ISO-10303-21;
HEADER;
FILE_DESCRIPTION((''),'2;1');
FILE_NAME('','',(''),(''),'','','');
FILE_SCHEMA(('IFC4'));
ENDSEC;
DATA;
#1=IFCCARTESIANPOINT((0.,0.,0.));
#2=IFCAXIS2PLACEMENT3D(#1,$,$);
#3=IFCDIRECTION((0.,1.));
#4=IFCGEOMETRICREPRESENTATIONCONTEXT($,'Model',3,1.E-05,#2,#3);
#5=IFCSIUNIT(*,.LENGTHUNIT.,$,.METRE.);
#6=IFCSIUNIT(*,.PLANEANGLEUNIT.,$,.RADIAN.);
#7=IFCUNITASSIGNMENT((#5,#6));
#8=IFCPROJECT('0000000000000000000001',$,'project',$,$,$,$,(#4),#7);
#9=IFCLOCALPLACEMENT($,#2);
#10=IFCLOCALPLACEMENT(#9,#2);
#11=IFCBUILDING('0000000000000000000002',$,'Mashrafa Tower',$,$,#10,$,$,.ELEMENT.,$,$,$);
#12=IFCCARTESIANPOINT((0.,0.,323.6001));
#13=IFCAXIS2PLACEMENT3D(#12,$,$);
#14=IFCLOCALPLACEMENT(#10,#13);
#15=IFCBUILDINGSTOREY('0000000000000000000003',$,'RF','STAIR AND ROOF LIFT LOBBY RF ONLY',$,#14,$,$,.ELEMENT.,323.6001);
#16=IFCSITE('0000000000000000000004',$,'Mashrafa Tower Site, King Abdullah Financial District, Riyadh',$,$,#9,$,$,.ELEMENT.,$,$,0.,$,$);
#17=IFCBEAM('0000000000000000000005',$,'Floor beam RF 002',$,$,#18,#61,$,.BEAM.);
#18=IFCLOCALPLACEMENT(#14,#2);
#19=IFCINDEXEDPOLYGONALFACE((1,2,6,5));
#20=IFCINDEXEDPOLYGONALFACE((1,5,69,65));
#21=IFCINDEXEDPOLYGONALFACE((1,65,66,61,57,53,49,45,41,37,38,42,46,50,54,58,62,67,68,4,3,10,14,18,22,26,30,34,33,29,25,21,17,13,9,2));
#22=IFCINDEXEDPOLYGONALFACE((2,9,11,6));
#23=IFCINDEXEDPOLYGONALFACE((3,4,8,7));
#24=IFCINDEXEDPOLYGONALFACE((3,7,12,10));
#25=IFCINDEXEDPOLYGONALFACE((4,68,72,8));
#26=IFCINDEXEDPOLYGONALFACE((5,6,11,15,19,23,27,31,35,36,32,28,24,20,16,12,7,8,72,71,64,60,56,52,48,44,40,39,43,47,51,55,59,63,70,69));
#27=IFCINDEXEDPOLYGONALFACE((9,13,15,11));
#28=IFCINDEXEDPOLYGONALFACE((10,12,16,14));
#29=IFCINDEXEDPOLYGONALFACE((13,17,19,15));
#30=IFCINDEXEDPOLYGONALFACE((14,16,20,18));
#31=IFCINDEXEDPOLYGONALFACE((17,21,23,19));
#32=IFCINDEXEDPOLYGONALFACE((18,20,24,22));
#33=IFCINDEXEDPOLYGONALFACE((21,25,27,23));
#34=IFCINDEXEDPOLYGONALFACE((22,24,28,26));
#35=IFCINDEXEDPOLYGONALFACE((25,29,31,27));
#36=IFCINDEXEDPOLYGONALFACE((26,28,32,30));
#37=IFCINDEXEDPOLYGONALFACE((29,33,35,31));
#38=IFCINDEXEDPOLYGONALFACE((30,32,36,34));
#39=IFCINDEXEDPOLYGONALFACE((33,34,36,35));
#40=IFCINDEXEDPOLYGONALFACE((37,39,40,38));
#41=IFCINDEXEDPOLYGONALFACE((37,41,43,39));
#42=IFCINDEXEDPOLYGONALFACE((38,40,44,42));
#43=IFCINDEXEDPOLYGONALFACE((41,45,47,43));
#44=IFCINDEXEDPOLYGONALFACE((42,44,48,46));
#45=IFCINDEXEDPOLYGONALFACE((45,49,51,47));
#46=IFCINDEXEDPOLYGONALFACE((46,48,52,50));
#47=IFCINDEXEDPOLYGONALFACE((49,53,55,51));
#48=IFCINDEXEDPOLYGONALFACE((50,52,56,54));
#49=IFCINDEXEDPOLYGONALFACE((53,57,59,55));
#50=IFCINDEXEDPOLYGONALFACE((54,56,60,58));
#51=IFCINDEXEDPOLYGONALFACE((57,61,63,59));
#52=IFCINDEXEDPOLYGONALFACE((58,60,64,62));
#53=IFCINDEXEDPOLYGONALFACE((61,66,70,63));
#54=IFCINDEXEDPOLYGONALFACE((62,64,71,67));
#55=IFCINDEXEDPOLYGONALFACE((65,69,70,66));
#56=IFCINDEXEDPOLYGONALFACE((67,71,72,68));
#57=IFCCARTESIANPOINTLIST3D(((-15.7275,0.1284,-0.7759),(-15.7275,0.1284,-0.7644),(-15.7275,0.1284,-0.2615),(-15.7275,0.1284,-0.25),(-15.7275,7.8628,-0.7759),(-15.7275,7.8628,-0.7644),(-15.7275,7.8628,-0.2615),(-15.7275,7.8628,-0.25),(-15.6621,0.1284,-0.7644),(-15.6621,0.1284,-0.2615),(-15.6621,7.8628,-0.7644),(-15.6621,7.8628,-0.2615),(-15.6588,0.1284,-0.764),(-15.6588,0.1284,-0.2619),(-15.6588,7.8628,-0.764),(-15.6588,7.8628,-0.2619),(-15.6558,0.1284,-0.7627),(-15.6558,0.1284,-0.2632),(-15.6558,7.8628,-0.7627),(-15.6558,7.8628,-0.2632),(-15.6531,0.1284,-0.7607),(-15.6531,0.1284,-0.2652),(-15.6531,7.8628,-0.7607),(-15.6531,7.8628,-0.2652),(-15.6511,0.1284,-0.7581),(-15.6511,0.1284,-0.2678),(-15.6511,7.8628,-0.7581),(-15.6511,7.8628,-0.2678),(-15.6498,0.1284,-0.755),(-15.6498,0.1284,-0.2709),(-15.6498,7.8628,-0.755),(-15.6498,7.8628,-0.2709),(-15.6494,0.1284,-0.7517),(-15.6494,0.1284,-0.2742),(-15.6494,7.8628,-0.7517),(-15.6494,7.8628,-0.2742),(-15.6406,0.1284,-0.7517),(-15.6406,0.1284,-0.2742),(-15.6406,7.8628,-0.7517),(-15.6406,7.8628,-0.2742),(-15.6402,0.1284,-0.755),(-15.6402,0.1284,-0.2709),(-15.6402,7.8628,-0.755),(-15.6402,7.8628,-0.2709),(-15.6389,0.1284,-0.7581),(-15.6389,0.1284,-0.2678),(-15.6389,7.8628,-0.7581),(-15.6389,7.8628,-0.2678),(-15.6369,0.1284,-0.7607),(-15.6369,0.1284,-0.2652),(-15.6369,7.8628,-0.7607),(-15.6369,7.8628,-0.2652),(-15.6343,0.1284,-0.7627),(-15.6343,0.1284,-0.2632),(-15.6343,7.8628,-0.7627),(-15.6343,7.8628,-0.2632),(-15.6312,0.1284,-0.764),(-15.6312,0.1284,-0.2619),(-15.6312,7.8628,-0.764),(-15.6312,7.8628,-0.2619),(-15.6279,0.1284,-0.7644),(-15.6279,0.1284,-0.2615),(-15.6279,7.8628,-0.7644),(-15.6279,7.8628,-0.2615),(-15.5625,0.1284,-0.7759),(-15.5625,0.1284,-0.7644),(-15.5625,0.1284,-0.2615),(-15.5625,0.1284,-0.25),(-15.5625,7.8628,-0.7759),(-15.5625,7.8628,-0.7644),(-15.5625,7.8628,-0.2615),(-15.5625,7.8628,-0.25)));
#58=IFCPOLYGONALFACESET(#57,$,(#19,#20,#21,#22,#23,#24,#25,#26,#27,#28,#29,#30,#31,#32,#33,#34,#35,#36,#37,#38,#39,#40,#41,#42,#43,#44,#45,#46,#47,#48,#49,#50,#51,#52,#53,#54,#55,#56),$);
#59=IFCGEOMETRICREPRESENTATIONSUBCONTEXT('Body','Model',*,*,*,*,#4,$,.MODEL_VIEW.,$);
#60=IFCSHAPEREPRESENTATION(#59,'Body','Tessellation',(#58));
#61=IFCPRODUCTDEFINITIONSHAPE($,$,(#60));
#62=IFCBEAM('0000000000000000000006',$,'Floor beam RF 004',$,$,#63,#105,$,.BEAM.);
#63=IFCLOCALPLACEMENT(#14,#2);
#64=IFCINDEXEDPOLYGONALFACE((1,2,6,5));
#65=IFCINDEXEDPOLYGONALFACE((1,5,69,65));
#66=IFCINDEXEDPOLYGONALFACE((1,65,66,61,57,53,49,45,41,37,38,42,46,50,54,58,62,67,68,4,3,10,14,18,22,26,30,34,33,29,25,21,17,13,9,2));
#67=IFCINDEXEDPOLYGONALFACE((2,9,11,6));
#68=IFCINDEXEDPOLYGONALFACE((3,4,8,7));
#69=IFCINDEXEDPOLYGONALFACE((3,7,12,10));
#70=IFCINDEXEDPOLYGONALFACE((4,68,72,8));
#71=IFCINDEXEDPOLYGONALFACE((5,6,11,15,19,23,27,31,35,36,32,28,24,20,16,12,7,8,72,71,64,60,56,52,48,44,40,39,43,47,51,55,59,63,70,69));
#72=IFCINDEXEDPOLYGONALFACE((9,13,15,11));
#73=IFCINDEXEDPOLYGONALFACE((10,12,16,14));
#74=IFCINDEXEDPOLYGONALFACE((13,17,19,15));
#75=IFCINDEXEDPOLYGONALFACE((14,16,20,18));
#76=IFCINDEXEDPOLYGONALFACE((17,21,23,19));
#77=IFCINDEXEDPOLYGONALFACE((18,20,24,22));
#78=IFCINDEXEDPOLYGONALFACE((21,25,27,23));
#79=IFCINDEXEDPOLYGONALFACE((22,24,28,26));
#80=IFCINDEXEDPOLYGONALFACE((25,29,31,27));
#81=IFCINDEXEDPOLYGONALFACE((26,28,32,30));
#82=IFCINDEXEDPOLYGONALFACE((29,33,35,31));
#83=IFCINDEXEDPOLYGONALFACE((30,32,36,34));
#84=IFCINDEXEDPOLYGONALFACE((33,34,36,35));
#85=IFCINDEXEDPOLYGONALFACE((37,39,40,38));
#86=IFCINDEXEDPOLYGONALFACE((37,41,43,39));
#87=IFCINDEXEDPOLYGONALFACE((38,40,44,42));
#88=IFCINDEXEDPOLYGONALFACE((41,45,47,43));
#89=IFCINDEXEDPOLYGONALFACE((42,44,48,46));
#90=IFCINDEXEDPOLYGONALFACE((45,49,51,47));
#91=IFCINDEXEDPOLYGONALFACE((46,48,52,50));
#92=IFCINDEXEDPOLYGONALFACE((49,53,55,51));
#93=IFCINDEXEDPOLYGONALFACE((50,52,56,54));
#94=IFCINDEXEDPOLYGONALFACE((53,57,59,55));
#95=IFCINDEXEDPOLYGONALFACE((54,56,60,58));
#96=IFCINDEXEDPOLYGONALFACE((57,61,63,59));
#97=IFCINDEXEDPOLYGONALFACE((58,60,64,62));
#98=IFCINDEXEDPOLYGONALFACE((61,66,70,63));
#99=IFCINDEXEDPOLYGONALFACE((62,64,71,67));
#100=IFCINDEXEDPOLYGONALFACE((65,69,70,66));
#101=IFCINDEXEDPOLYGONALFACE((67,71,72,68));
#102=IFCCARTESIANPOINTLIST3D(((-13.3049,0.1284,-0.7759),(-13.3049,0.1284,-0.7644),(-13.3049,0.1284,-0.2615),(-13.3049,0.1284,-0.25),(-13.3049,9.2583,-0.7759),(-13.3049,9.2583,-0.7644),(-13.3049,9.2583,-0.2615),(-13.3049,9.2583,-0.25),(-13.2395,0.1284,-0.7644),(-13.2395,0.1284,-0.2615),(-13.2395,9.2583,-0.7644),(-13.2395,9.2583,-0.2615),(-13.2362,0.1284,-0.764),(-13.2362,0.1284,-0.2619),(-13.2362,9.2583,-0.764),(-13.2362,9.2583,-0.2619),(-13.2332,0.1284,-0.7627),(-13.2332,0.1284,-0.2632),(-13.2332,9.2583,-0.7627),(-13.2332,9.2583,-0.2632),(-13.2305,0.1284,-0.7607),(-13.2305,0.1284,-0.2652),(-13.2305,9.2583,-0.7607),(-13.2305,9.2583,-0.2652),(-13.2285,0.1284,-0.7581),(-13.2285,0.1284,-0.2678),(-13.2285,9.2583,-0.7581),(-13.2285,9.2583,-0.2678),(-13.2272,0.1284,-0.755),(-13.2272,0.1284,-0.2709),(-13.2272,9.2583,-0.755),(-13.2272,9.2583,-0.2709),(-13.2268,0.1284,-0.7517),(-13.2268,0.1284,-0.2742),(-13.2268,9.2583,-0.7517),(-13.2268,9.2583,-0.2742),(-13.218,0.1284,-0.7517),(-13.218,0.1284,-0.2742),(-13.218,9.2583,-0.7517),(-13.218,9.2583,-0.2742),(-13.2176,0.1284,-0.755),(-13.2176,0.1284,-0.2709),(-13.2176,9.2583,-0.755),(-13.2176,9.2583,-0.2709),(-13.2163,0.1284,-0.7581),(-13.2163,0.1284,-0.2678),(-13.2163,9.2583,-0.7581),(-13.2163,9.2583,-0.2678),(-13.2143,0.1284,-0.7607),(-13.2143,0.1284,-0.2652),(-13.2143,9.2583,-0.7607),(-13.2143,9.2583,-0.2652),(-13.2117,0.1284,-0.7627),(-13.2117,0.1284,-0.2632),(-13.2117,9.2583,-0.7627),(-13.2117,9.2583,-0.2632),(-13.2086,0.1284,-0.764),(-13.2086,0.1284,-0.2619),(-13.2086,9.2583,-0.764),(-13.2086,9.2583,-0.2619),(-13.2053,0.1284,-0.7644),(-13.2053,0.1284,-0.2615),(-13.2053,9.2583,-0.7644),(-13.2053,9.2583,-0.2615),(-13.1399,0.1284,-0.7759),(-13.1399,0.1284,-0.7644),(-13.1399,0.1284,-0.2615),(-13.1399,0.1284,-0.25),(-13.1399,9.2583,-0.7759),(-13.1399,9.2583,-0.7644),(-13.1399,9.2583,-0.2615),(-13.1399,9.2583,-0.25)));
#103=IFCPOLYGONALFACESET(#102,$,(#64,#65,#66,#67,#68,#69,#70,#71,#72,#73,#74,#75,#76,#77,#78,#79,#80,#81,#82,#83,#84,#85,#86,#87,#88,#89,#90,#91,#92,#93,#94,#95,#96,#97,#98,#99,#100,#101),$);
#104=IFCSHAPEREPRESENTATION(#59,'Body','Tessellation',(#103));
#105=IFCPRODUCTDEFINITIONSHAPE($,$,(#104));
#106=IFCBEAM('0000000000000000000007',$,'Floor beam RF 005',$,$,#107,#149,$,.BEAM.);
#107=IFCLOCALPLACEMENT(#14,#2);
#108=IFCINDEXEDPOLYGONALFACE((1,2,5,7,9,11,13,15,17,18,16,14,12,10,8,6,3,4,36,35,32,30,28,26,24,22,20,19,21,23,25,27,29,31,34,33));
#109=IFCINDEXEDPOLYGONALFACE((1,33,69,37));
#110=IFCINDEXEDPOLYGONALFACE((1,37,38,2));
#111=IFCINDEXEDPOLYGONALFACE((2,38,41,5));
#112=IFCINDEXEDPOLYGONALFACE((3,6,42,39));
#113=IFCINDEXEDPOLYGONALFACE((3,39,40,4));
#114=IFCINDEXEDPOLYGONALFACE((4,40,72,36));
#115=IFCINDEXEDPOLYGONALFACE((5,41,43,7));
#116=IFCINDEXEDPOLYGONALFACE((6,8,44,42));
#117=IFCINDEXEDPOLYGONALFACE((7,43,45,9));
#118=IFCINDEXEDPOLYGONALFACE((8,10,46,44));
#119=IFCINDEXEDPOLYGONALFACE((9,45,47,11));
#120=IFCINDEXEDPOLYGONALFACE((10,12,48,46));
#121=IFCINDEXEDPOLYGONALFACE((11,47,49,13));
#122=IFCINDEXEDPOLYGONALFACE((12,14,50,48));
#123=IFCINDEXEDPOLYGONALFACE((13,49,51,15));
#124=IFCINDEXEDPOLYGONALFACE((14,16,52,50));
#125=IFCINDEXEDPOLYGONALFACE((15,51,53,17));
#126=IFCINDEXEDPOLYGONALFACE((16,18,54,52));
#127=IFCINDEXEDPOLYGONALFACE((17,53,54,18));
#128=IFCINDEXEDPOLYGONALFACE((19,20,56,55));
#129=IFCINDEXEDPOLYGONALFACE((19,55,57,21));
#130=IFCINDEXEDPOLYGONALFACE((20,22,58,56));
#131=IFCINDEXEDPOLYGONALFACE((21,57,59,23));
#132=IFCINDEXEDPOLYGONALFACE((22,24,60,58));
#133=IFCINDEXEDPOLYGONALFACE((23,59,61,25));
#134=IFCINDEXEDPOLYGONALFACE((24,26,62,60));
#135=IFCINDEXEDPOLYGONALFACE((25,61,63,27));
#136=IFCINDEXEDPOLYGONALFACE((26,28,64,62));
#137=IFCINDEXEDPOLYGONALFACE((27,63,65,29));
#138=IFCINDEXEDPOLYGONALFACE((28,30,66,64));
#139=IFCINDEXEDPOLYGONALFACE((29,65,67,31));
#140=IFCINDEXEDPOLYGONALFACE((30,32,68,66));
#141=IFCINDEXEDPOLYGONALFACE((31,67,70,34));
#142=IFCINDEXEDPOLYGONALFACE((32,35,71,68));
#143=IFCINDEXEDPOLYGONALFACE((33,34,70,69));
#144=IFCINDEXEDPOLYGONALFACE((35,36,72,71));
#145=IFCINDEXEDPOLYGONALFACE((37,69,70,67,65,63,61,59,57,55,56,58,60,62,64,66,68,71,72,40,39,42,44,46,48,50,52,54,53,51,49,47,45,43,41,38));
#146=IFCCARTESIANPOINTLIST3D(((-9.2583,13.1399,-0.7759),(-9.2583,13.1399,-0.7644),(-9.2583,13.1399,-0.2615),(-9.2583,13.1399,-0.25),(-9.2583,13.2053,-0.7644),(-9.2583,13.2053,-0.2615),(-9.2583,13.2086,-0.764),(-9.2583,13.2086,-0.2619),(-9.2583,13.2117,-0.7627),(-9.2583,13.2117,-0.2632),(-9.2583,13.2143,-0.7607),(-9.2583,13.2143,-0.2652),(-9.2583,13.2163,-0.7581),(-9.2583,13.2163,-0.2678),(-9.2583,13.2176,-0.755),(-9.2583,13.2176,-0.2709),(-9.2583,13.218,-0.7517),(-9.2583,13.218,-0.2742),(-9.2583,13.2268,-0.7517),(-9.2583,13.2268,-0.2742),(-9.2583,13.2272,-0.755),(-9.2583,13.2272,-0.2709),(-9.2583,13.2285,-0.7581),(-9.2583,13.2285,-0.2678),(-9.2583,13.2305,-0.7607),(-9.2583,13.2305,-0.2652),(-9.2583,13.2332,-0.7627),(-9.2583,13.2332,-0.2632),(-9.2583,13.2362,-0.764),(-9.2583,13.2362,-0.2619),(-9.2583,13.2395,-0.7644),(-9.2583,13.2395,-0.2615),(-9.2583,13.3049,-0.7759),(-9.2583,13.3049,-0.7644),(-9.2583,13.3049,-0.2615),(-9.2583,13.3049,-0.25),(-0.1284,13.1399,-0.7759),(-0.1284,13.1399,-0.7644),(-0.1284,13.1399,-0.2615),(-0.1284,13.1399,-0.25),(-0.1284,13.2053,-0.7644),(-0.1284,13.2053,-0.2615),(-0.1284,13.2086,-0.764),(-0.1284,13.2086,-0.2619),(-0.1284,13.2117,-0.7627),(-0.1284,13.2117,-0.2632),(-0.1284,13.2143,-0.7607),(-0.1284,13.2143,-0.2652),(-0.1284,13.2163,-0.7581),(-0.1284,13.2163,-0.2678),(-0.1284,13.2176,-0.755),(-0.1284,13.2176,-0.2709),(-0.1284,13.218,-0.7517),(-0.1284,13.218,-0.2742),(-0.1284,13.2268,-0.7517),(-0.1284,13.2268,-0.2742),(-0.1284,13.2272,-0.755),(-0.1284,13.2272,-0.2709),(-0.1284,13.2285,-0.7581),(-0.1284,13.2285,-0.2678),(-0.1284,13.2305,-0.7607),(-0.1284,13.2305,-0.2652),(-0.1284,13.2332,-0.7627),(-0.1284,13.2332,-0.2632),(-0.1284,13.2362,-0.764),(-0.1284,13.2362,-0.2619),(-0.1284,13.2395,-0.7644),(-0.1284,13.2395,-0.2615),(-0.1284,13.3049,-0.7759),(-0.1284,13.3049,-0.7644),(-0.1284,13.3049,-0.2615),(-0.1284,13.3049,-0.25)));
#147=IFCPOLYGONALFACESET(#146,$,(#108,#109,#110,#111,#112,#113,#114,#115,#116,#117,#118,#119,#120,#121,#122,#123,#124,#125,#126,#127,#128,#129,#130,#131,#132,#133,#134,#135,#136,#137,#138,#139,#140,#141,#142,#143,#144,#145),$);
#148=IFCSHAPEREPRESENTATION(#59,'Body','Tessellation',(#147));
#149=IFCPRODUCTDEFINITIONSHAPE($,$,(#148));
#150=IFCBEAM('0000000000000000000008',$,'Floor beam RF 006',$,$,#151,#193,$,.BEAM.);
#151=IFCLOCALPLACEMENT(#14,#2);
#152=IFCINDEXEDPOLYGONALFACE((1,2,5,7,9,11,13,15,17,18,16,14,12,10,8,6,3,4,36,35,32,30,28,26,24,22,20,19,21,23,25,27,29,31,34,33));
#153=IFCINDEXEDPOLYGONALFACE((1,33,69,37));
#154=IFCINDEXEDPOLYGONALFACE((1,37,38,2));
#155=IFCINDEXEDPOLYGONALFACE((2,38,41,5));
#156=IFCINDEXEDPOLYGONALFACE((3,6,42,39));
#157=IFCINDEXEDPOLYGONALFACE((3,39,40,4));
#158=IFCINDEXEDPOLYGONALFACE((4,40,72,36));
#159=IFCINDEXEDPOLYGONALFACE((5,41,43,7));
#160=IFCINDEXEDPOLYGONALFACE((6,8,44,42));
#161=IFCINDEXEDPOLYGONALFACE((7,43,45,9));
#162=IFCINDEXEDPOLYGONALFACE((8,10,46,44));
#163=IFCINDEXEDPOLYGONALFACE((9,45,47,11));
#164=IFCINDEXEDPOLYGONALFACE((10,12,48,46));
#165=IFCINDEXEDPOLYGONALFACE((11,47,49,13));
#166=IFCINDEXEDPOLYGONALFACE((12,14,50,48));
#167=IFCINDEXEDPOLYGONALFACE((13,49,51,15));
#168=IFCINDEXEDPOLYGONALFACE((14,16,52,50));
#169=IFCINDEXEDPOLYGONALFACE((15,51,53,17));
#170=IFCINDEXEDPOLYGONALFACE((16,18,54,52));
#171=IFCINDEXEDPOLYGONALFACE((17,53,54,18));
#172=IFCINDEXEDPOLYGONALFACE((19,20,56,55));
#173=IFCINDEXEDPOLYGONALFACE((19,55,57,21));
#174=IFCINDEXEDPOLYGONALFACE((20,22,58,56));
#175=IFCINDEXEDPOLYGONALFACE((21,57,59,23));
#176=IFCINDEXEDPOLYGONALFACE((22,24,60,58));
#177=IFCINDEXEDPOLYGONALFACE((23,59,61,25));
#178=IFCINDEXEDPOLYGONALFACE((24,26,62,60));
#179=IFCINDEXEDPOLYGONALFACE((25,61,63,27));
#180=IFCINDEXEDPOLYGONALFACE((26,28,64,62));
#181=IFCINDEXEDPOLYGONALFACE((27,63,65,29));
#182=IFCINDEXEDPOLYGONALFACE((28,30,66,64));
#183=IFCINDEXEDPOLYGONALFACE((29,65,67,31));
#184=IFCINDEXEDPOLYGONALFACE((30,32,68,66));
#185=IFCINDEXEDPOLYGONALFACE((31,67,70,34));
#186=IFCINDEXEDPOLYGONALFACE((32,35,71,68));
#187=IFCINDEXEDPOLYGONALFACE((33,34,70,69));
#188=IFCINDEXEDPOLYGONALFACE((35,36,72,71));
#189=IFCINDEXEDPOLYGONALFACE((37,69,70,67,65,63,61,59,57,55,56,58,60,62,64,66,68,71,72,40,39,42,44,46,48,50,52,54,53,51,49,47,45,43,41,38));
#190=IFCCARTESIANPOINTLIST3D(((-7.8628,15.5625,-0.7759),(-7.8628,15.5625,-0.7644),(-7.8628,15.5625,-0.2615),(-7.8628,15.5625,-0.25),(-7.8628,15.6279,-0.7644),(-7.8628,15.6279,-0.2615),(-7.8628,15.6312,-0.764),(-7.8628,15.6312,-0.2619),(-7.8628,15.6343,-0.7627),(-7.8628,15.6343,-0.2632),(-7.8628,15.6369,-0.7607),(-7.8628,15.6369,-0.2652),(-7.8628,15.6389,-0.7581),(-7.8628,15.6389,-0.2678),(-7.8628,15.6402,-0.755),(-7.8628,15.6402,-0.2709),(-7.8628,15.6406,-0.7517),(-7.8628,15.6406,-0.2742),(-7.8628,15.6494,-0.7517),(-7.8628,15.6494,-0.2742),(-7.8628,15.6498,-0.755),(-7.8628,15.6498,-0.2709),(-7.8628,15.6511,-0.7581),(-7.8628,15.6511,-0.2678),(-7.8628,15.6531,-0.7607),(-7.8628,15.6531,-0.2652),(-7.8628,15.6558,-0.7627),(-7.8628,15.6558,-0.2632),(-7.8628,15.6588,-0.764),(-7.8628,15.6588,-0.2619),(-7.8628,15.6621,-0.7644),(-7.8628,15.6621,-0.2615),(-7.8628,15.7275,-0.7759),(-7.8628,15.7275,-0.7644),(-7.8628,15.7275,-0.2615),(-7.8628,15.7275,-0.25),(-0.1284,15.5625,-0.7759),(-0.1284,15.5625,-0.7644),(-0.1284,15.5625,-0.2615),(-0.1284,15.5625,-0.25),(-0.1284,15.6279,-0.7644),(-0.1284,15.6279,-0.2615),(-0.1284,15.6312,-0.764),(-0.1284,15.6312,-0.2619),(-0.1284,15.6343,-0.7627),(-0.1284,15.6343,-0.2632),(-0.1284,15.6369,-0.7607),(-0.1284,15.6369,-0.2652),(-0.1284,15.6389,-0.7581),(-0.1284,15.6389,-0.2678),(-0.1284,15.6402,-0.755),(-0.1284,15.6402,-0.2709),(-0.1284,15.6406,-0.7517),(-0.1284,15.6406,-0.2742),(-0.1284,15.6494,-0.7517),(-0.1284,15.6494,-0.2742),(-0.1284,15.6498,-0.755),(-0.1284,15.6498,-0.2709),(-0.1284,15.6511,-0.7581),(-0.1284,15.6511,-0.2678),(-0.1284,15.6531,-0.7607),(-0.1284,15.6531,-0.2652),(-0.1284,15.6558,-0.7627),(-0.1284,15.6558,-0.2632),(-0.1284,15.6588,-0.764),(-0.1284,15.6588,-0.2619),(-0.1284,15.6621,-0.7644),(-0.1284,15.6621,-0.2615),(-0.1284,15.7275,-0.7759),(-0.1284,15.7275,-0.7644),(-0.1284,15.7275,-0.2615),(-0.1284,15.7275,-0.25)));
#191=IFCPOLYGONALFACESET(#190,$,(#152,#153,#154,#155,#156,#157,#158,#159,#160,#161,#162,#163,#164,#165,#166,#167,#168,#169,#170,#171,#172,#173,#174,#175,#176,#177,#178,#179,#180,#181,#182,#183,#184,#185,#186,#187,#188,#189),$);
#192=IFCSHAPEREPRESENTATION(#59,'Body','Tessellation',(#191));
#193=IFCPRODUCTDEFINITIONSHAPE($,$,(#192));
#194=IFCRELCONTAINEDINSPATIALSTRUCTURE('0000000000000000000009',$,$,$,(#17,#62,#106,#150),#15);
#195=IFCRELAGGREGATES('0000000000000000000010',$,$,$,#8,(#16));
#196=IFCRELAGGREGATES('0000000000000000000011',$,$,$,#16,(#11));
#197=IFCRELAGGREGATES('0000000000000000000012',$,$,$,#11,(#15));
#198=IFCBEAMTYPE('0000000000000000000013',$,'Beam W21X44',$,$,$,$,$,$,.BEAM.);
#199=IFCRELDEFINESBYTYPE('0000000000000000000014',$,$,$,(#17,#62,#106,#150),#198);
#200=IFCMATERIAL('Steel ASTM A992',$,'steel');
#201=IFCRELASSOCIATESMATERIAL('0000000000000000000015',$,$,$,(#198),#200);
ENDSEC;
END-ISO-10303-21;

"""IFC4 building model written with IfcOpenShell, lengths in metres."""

from ifc_helpers import new_model, si_unit, direction, frame, origin, origin_2d, place, context, subcontext, project, spatial, i_section, extrude, material, material_profile, profile_set, type_object, element, save


model = new_model("IFC4")

# Units and contexts
model_context = context("Model", 3, precision=1e-05, world=origin(), true_north=direction((0.0, 1.0)))
body_context = subcontext(model_context, "Body", "Model", "MODEL_VIEW")
ifc_project = project(units=[si_unit("LENGTHUNIT", "METRE"), si_unit("PLANEANGLEUNIT", "RADIAN")], contexts=[model_context])

# Site, building, storey
site_placement = place(None, origin())
site = spatial("IfcSite", under=ifc_project, at=site_placement, Name="Mashrafa Tower Site, King Abdullah Financial District, Riyadh", CompositionType="ELEMENT", RefElevation=0.0)
building_placement = place(site_placement, origin())
building = spatial("IfcBuilding", under=site, at=building_placement, Name="Mashrafa Tower", CompositionType="ELEMENT")
storey_placement = place(building_placement, frame((0.0, 0.0, 323.6001)))
storey = spatial("IfcBuildingStorey", under=building, at=storey_placement, Name="RF", Description="STAIR AND ROOF LIFT LOBBY RF ONLY", CompositionType="ELEMENT", Elevation=323.6001)

# Beams
ifc_material_1 = material(Name="Steel ASTM A992", Category="steel")
ifc_material_profile_1 = material_profile(ifc_material_1, i_section(OverallWidth=0.165, OverallDepth=0.5259, WebThickness=0.0088, FlangeThickness=0.0115, FilletRadius=0.0127, at=origin_2d()), Name="W21X44")
ifc_profile_set_1 = profile_set([ifc_material_profile_1], Name="Steel ASTM A992")
beam_type_1 = type_object("IfcBeamType", Name="Beam W21X44", PredefinedType="BEAM", material=ifc_profile_set_1)
beam_1_placement = place(storey_placement, frame((-15.645, 0.1284, -0.5129), z_axis=(0.0, 1.0, 0.0), x_axis=(-1.0, 0.0, 0.0)))
element("IfcBeam", 1, at=beam_1_placement, inside=storey, type_object=beam_type_1, Name="Floor beam RF 002", PredefinedType="BEAM", context=body_context, shape_type="SweptSolid", body=[
    extrude(i_section(OverallWidth=0.165, OverallDepth=0.5259, WebThickness=0.0088, FlangeThickness=0.0115, FilletRadius=0.0127, at=origin_2d()), origin(), (0.0, 0.0, 1.0), 7.7344),
])
for number, where, z_axis, x_axis, name in (
    (2, (-13.2224, 0.1284, -0.5129), (0.0, 1.0, 0.0), (-1.0, 0.0, 0.0), "Floor beam RF 004"),
    (3, (-9.2583, 13.2224, -0.5129), (1.0, 0.0, 0.0), (0.0, 1.0, 0.0), "Floor beam RF 005"),
):
    element("IfcBeam", number, at=place(storey_placement, frame(where, z_axis=z_axis, x_axis=x_axis)), inside=storey, type_object=beam_type_1, Name=name, PredefinedType="BEAM", context=body_context, shape_type="SweptSolid", body=[
        extrude(i_section(OverallWidth=0.165, OverallDepth=0.5259, WebThickness=0.0088, FlangeThickness=0.0115, FilletRadius=0.0127, at=origin_2d()), origin(), (0.0, 0.0, 1.0), 9.1299),
    ])
beam_2_placement = place(storey_placement, frame((-7.8628, 15.645, -0.5129), z_axis=(1.0, 0.0, 0.0), x_axis=(0.0, 1.0, 0.0)))
element("IfcBeam", 4, at=beam_2_placement, inside=storey, type_object=beam_type_1, Name="Floor beam RF 006", PredefinedType="BEAM", context=body_context, shape_type="SweptSolid", body=[
    extrude(i_section(OverallWidth=0.165, OverallDepth=0.5259, WebThickness=0.0088, FlangeThickness=0.0115, FilletRadius=0.0127, at=origin_2d()), origin(), (0.0, 0.0, 1.0), 7.7344),
])

save(model, "model.ifc")
